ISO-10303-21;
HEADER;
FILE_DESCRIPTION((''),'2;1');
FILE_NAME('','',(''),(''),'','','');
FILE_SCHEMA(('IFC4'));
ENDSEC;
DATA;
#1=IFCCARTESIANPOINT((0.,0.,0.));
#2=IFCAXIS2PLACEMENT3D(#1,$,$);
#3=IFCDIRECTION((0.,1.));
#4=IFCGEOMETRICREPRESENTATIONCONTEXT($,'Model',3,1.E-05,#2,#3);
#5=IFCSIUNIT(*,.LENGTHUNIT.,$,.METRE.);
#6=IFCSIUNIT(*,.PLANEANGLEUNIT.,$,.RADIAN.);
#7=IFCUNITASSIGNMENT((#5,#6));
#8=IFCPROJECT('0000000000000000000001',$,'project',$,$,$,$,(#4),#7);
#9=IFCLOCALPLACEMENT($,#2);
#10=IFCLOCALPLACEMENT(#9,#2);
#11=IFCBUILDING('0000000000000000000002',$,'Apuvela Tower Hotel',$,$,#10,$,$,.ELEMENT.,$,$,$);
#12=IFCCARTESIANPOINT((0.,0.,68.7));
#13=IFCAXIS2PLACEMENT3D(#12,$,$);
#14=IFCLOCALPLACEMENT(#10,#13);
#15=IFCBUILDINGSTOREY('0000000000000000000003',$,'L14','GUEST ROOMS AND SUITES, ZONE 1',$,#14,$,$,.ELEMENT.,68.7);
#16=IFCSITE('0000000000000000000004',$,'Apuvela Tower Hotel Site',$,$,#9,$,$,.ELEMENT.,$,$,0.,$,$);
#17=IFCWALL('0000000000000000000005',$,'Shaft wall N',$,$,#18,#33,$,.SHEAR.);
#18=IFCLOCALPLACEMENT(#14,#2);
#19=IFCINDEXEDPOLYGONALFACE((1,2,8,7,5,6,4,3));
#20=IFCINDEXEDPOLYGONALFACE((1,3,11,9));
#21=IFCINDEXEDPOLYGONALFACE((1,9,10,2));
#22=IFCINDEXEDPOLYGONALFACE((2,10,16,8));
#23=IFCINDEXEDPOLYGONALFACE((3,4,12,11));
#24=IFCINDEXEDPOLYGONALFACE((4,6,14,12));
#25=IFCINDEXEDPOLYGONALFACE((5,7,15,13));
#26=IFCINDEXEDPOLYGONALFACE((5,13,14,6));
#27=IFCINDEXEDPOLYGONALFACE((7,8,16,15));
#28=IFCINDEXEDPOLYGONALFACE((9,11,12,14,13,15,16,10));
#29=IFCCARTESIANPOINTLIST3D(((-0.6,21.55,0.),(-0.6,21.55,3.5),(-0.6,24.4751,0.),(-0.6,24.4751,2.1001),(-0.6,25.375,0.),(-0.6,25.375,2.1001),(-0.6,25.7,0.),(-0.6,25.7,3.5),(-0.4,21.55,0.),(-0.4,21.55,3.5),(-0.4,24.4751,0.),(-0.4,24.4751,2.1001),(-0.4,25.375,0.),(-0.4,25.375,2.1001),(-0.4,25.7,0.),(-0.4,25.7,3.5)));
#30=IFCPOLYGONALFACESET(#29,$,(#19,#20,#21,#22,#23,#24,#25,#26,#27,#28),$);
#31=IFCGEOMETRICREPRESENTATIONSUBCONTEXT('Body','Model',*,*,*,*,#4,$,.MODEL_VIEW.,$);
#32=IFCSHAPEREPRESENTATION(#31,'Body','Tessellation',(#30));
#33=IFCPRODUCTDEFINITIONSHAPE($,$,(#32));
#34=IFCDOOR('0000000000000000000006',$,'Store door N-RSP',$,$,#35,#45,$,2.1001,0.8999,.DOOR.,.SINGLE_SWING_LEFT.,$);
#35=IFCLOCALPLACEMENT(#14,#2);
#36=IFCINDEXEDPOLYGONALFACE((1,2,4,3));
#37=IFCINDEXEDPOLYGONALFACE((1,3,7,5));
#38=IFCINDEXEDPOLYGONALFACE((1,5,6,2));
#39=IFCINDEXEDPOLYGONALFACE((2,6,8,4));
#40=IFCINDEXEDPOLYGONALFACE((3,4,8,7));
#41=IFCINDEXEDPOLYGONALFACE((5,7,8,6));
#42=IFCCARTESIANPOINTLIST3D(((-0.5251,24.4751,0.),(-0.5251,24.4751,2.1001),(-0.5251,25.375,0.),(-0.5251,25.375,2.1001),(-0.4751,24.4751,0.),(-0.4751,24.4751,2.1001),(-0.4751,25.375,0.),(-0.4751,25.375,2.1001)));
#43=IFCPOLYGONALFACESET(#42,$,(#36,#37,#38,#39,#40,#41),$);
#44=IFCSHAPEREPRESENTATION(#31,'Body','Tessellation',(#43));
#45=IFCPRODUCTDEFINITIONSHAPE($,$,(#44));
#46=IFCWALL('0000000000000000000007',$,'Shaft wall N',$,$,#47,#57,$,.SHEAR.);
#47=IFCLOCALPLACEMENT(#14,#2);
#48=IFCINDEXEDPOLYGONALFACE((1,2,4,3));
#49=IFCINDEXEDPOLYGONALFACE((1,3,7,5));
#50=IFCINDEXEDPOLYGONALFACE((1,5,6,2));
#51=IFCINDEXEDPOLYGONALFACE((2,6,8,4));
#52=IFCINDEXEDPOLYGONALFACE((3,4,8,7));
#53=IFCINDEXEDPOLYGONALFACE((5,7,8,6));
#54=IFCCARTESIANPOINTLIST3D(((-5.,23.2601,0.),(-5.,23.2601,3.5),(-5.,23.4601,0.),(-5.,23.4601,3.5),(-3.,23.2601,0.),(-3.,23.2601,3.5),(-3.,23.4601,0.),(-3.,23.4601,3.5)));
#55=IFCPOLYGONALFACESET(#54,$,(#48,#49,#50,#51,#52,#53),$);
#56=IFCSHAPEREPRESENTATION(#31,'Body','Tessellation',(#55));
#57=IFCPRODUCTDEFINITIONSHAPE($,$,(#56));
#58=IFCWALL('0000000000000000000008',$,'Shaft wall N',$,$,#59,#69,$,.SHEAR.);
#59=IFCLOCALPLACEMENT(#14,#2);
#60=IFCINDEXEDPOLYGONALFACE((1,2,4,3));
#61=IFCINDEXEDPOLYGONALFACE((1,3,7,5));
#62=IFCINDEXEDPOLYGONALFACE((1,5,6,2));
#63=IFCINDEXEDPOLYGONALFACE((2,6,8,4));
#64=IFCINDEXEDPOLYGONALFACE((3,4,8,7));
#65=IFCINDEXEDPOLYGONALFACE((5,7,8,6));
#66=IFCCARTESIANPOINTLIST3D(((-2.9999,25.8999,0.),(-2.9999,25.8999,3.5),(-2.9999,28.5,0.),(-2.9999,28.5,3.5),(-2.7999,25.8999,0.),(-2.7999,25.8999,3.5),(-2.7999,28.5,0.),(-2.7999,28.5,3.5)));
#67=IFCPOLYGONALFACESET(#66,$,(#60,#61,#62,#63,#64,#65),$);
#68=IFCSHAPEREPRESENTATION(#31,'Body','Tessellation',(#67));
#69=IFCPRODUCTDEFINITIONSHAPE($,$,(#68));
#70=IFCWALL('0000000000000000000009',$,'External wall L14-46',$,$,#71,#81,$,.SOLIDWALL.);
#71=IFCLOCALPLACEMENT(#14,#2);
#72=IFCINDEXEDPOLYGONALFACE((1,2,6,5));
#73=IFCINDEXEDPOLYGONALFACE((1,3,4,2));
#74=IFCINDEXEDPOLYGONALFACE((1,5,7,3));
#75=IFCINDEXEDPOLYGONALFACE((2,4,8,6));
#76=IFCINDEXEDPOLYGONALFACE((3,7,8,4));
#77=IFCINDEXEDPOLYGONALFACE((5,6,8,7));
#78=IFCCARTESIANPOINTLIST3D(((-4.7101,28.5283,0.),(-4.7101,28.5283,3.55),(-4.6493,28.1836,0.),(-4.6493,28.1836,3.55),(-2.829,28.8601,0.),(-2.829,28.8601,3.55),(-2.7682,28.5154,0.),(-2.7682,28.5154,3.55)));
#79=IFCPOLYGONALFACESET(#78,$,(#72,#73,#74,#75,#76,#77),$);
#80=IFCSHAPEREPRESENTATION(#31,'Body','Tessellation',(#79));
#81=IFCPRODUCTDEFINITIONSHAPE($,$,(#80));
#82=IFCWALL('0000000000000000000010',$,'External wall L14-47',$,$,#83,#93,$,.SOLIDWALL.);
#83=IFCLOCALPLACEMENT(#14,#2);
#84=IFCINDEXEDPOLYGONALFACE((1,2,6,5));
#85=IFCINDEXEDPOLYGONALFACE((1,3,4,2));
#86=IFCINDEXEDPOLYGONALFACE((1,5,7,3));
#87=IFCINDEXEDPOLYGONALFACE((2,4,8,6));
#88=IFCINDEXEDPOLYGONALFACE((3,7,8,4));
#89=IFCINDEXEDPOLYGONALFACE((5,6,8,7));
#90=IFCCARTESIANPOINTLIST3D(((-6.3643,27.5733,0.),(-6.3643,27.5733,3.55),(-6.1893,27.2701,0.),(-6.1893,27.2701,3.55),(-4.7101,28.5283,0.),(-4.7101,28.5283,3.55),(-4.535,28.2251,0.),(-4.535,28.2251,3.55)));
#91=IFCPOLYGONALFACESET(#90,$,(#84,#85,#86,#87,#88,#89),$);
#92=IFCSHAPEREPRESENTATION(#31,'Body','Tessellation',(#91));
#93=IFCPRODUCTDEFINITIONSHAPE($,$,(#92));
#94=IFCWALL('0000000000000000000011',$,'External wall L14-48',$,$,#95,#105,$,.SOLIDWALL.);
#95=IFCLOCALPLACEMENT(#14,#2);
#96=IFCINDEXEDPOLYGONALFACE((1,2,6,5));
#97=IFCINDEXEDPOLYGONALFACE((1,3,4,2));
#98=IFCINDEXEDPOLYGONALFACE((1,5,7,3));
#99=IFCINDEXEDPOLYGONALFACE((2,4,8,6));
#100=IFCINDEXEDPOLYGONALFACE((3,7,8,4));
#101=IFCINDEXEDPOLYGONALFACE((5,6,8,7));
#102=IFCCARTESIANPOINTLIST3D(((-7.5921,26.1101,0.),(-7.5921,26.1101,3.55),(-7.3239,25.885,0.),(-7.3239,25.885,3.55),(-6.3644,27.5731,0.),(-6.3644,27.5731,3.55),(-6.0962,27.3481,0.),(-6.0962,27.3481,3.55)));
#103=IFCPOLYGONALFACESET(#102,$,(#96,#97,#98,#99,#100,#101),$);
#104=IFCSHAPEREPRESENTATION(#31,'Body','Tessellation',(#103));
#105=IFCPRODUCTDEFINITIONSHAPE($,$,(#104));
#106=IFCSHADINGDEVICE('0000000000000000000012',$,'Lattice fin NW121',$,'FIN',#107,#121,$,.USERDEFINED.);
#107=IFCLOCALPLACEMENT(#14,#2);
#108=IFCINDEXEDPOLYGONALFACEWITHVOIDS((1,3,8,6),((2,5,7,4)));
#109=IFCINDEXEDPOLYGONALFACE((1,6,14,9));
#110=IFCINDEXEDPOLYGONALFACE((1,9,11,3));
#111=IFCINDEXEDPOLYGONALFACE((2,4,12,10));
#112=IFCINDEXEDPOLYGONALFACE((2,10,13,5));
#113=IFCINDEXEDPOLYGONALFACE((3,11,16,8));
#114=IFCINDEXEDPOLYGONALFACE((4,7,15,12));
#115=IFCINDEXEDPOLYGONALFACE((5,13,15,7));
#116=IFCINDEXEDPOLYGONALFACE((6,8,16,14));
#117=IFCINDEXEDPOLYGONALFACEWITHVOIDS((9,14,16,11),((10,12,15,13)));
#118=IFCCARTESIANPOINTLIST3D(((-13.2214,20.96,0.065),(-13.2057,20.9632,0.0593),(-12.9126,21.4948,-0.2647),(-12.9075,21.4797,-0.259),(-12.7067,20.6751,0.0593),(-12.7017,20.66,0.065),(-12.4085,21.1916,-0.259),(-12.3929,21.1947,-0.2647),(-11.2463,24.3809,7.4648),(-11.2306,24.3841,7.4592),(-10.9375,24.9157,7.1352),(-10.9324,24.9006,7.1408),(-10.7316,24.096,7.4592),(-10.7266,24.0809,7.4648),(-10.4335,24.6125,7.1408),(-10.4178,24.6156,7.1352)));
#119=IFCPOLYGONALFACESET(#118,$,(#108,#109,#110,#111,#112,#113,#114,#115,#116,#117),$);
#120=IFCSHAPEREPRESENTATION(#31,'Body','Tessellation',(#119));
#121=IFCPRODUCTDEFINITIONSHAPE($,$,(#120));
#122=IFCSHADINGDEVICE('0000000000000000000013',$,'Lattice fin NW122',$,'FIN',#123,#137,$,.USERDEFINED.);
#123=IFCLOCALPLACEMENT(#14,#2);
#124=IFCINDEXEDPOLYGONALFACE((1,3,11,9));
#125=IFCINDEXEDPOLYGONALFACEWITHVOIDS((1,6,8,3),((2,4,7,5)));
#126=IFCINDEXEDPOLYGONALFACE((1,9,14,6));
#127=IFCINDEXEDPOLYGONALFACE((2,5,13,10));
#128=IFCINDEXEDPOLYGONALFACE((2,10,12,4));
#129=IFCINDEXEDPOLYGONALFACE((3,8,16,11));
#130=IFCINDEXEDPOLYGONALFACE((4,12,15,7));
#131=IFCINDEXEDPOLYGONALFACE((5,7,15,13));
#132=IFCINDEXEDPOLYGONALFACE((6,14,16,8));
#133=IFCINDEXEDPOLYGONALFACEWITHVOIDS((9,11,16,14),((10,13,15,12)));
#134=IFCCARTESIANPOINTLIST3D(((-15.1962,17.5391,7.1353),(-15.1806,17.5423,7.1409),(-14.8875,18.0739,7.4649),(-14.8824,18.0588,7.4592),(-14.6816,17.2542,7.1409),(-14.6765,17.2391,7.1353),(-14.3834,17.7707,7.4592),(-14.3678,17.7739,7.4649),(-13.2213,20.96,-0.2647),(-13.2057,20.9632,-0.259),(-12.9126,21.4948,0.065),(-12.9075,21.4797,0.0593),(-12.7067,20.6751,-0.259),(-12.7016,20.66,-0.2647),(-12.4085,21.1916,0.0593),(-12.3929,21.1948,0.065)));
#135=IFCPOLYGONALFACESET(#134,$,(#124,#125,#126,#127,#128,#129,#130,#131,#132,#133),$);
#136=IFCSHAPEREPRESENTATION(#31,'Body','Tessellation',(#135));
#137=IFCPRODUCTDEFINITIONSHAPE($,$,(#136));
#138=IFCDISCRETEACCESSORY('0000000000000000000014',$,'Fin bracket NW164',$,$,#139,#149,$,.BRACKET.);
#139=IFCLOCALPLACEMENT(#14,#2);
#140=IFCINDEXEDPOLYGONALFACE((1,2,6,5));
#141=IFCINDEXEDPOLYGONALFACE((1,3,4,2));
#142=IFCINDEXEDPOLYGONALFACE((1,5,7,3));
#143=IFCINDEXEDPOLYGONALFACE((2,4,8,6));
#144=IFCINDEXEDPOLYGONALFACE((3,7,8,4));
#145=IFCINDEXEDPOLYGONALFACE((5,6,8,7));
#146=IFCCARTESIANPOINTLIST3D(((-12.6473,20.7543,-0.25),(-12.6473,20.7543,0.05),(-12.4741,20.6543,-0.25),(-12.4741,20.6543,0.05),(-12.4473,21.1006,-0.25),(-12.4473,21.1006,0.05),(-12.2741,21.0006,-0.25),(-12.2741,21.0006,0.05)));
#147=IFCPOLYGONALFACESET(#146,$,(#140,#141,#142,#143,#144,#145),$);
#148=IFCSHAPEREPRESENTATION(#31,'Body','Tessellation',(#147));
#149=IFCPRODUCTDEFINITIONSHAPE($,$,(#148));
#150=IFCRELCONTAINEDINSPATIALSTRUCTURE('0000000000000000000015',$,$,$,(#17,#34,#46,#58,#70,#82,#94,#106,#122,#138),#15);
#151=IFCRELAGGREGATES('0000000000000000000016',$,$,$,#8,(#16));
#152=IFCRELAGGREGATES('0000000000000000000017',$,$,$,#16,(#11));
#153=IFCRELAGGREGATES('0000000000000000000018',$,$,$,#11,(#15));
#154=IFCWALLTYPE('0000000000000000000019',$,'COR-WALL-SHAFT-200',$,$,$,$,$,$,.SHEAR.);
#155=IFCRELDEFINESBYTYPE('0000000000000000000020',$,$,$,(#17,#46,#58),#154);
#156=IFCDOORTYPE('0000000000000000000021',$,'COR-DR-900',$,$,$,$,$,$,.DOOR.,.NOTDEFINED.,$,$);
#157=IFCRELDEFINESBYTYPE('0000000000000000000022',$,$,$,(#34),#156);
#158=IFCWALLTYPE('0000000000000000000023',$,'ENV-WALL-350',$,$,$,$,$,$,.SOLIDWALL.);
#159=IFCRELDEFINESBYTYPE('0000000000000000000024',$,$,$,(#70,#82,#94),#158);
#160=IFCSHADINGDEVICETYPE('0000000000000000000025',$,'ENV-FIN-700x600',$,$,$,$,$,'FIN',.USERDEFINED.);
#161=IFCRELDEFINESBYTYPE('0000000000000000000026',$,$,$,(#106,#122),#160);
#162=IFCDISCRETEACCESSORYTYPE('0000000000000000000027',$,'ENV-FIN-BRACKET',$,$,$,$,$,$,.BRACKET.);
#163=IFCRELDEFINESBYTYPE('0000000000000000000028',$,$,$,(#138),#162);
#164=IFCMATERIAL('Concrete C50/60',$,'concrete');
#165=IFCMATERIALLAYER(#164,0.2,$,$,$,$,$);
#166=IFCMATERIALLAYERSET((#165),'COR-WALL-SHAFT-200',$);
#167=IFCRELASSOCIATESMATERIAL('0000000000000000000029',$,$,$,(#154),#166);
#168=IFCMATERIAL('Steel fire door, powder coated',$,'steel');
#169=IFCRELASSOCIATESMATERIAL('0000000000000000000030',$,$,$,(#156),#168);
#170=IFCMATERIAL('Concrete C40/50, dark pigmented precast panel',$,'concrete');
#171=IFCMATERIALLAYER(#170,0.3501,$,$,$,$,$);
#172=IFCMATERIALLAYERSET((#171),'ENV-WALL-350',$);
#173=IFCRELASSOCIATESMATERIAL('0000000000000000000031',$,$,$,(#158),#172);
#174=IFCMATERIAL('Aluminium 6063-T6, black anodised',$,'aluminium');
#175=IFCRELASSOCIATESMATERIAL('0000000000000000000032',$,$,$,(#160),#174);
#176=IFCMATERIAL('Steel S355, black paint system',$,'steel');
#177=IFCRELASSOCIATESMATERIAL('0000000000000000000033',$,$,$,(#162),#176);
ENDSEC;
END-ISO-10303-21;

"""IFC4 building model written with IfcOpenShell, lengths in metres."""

from ifc_helpers import new_model, si_unit, direction, frame, frame_2d, origin, origin_2d, place, context, subcontext, project, spatial, rectangle, hollow_rectangle, extrude, material, layer, layer_set, material_profile, profile_set, type_object, element, fill, save


model = new_model("IFC4")

# Units and contexts
model_context = context("Model", 3, precision=1e-05, world=origin(), true_north=direction((0.0, 1.0)))
body_context = subcontext(model_context, "Body", "Model", "MODEL_VIEW")
ifc_project = project(units=[si_unit("LENGTHUNIT", "METRE"), si_unit("PLANEANGLEUNIT", "RADIAN")], contexts=[model_context])

# Site, building, storey
site_placement = place(None, origin())
site = spatial("IfcSite", under=ifc_project, at=site_placement, Name="Apuvela Tower Hotel Site", CompositionType="ELEMENT", RefElevation=0.0)
building_placement = place(site_placement, origin())
building = spatial("IfcBuilding", under=site, at=building_placement, Name="Apuvela Tower Hotel", CompositionType="ELEMENT")
storey_placement = place(building_placement, frame((0.0, 0.0, 68.7)))
storey = spatial("IfcBuildingStorey", under=building, at=storey_placement, Name="L14", Description="GUEST ROOMS AND SUITES, ZONE 1", CompositionType="ELEMENT", Elevation=68.7)

# Shared definitions
ifc_material_1 = material(Name="Concrete C50/60", Category="concrete")
ifc_layer_1 = layer(ifc_material_1, 0.2)
ifc_layer_set_1 = layer_set([ifc_layer_1], Name="COR-WALL-SHAFT-200")
wall_type_1 = type_object("IfcWallType", Name="COR-WALL-SHAFT-200", PredefinedType="SHEAR", material=ifc_layer_set_1)

# Wall, opening, door
wall_1_placement = place(storey_placement, frame((-0.5, 21.55, 0.0), z_axis=(0.0, 0.0, 1.0), x_axis=(0.0, 1.0, 0.0)))
wall_1 = element("IfcWall", 1, at=wall_1_placement, inside=storey, type_object=wall_type_1, Name="Shaft wall N", PredefinedType="SHEAR", context=body_context, shape_type="SweptSolid", body=[
    extrude(rectangle(XDim=4.1499, YDim=0.2, at=frame_2d((2.075, 0.0))), origin(), (0.0, 0.0, 1.0), 3.5),
])
opening_1_placement = place(wall_1_placement, frame((2.925, 0.0, 0.0)))
opening_1 = element("IfcOpeningElement", 2, at=opening_1_placement, cuts=wall_1, PredefinedType="OPENING", context=body_context, shape_type="SweptSolid", body=[
    extrude(rectangle(XDim=0.8999, YDim=2.1001, at=frame_2d((0.45, 1.05))), frame((0.0, 0.1099, 0.0), z_axis=(0.0, -1.0, 0.0), x_axis=(1.0, 0.0, 0.0)), (0.0, 0.0, 1.0), 0.22),
])
ifc_material_2 = material(Name="Steel fire door, powder coated", Category="steel")
door_type_1 = type_object("IfcDoorType", Name="COR-DR-900", OperationType="NOTDEFINED", PredefinedType="DOOR", material=ifc_material_2)
door_1_placement = place(opening_1_placement, frame((0.8999, 0.0, 0.0), z_axis=(0.0, 0.0, 1.0), x_axis=(-1.0, 0.0, 0.0)))
door_1 = element("IfcDoor", 3, at=door_1_placement, inside=storey, type_object=door_type_1, Name="Store door N-RSP", OperationType="SINGLE_SWING_LEFT", OverallHeight=2.1001, OverallWidth=0.8999, PredefinedType="DOOR", context=body_context, shape_type="SweptSolid", body=[
    extrude(rectangle(XDim=0.8999, YDim=2.1001, at=frame_2d((0.45, 1.05))), frame((0.0, 0.0249, 0.0), z_axis=(0.0, -1.0, 0.0), x_axis=(1.0, 0.0, 0.0)), (0.0, 0.0, 1.0), 0.05),
])
fill(opening_1, door_1)

# Walls
wall_2_placement = place(storey_placement, frame((-3.0, 23.3601, 0.0), z_axis=(0.0, 0.0, 1.0), x_axis=(-1.0, 0.0, 0.0)))
element("IfcWall", 4, at=wall_2_placement, inside=storey, type_object=wall_type_1, Name="Shaft wall N", PredefinedType="SHEAR", context=body_context, shape_type="SweptSolid", body=[
    extrude(rectangle(XDim=2.0, YDim=0.2, at=frame_2d((1.0, 0.0))), origin(), (0.0, 0.0, 1.0), 3.5),
])
wall_3_placement = place(storey_placement, frame((-2.8999, 25.8999, 0.0), z_axis=(0.0, 0.0, 1.0), x_axis=(0.0, 1.0, 0.0)))
element("IfcWall", 5, at=wall_3_placement, inside=storey, type_object=wall_type_1, Name="Shaft wall N", PredefinedType="SHEAR", context=body_context, shape_type="SweptSolid", body=[
    extrude(rectangle(XDim=2.6001, YDim=0.2, at=frame_2d((1.3, 0.0))), origin(), (0.0, 0.0, 1.0), 3.5),
])

# Shared definitions
ifc_material_3 = material(Name="Concrete C40/50, dark pigmented precast panel", Category="concrete")
ifc_layer_2 = layer(ifc_material_3, 0.3501)
ifc_layer_set_2 = layer_set([ifc_layer_2], Name="ENV-WALL-350")
wall_type_2 = type_object("IfcWallType", Name="ENV-WALL-350", PredefinedType="SOLIDWALL", material=ifc_layer_set_2)

# Walls
for number, where, z_axis, x_axis, name in (
    (6, (-2.7986, 28.6877, 0.0), (0.0, 0.0, 1.0), (-0.984799, -0.173698, 0.0), "External wall L14-46"),
    (7, (-4.6226, 28.3767, 0.0), (0.0, 0.0, 1.0), (-0.866032, -0.499988, 0.0), "External wall L14-47"),
):
    element("IfcWall", number, at=place(storey_placement, frame(where, z_axis=z_axis, x_axis=x_axis)), inside=storey, type_object=wall_type_2, Name=name, PredefinedType="SOLIDWALL", context=body_context, shape_type="SweptSolid", body=[
        extrude(rectangle(XDim=1.9102, YDim=0.3501, at=frame_2d((0.9551, 0.0))), origin(), (0.0, 0.0, 1.0), 3.55),
    ])
wall_4_placement = place(storey_placement, frame((-6.2302, 27.4607, 0.0), z_axis=(0.0, 0.0, 1.0), x_axis=(-0.642808, -0.766027, 0.0)))
element("IfcWall", 8, at=wall_4_placement, inside=storey, type_object=wall_type_2, Name="External wall L14-48", PredefinedType="SOLIDWALL", context=body_context, shape_type="SweptSolid", body=[
    extrude(rectangle(XDim=1.9099, YDim=0.3501, at=frame_2d((0.9551, 0.0))), origin(), (0.0, 0.0, 1.0), 3.55),
])

# Shading devices
ifc_material_4 = material(Name="Aluminium 6063-T6, black anodised", Category="aluminium")
ifc_material_profile_1 = material_profile(ifc_material_4, hollow_rectangle(XDim=0.6001, YDim=0.7, WallThickness=0.012, at=origin_2d()), Name="AL BOX 700x600x12")
ifc_profile_set_1 = profile_set([ifc_material_profile_1], Name="Aluminium 6063-T6, black anodised")
shading_device_type = type_object("IfcShadingDeviceType", Name="ENV-FIN-700x600", ElementType="FIN", PredefinedType="USERDEFINED", material=ifc_profile_set_1)
for number, where, z_axis, x_axis, name in (
    (9, (-12.8071, 21.0774, -0.0999), (0.235461, 0.407822, 0.882179), (-0.866021, 0.500008, 0.0), "Lattice fin NW121"),
    (10, (-12.8071, 21.0774, -0.0999), (-0.235434, -0.407825, 0.882185), (0.866048, -0.499961, 0.0), "Lattice fin NW122"),
):
    element("IfcShadingDevice", number, at=place(storey_placement, frame(where, z_axis=z_axis, x_axis=x_axis)), inside=storey, type_object=shading_device_type, Name=name, ObjectType="FIN", PredefinedType="USERDEFINED", context=body_context, shape_type="SweptSolid", body=[
        extrude(hollow_rectangle(XDim=0.6001, YDim=0.7, WallThickness=0.012, at=origin_2d()), origin(), (0.0, 0.0, 1.0), 8.3882),
    ])

# Discrete accessory
ifc_material_5 = material(Name="Steel S355, black paint system", Category="steel")
discrete_accessory_type = type_object("IfcDiscreteAccessoryType", Name="ENV-FIN-BRACKET", PredefinedType="BRACKET", material=ifc_material_5)
discrete_accessory_placement = place(storey_placement, frame((-12.4607, 20.8774, -0.25), z_axis=(0.0, 0.0, 1.0), x_axis=(-0.5, -0.866025, 0.0)))
element("IfcDiscreteAccessory", 11, at=discrete_accessory_placement, inside=storey, type_object=discrete_accessory_type, Name="Fin bracket NW164", PredefinedType="BRACKET", context=body_context, shape_type="SweptSolid", body=[
    extrude(rectangle(XDim=0.3999, YDim=0.2, at=origin_2d()), origin(), (0.0, 0.0, 1.0), 0.3),
])

save(model, "model.ifc")
